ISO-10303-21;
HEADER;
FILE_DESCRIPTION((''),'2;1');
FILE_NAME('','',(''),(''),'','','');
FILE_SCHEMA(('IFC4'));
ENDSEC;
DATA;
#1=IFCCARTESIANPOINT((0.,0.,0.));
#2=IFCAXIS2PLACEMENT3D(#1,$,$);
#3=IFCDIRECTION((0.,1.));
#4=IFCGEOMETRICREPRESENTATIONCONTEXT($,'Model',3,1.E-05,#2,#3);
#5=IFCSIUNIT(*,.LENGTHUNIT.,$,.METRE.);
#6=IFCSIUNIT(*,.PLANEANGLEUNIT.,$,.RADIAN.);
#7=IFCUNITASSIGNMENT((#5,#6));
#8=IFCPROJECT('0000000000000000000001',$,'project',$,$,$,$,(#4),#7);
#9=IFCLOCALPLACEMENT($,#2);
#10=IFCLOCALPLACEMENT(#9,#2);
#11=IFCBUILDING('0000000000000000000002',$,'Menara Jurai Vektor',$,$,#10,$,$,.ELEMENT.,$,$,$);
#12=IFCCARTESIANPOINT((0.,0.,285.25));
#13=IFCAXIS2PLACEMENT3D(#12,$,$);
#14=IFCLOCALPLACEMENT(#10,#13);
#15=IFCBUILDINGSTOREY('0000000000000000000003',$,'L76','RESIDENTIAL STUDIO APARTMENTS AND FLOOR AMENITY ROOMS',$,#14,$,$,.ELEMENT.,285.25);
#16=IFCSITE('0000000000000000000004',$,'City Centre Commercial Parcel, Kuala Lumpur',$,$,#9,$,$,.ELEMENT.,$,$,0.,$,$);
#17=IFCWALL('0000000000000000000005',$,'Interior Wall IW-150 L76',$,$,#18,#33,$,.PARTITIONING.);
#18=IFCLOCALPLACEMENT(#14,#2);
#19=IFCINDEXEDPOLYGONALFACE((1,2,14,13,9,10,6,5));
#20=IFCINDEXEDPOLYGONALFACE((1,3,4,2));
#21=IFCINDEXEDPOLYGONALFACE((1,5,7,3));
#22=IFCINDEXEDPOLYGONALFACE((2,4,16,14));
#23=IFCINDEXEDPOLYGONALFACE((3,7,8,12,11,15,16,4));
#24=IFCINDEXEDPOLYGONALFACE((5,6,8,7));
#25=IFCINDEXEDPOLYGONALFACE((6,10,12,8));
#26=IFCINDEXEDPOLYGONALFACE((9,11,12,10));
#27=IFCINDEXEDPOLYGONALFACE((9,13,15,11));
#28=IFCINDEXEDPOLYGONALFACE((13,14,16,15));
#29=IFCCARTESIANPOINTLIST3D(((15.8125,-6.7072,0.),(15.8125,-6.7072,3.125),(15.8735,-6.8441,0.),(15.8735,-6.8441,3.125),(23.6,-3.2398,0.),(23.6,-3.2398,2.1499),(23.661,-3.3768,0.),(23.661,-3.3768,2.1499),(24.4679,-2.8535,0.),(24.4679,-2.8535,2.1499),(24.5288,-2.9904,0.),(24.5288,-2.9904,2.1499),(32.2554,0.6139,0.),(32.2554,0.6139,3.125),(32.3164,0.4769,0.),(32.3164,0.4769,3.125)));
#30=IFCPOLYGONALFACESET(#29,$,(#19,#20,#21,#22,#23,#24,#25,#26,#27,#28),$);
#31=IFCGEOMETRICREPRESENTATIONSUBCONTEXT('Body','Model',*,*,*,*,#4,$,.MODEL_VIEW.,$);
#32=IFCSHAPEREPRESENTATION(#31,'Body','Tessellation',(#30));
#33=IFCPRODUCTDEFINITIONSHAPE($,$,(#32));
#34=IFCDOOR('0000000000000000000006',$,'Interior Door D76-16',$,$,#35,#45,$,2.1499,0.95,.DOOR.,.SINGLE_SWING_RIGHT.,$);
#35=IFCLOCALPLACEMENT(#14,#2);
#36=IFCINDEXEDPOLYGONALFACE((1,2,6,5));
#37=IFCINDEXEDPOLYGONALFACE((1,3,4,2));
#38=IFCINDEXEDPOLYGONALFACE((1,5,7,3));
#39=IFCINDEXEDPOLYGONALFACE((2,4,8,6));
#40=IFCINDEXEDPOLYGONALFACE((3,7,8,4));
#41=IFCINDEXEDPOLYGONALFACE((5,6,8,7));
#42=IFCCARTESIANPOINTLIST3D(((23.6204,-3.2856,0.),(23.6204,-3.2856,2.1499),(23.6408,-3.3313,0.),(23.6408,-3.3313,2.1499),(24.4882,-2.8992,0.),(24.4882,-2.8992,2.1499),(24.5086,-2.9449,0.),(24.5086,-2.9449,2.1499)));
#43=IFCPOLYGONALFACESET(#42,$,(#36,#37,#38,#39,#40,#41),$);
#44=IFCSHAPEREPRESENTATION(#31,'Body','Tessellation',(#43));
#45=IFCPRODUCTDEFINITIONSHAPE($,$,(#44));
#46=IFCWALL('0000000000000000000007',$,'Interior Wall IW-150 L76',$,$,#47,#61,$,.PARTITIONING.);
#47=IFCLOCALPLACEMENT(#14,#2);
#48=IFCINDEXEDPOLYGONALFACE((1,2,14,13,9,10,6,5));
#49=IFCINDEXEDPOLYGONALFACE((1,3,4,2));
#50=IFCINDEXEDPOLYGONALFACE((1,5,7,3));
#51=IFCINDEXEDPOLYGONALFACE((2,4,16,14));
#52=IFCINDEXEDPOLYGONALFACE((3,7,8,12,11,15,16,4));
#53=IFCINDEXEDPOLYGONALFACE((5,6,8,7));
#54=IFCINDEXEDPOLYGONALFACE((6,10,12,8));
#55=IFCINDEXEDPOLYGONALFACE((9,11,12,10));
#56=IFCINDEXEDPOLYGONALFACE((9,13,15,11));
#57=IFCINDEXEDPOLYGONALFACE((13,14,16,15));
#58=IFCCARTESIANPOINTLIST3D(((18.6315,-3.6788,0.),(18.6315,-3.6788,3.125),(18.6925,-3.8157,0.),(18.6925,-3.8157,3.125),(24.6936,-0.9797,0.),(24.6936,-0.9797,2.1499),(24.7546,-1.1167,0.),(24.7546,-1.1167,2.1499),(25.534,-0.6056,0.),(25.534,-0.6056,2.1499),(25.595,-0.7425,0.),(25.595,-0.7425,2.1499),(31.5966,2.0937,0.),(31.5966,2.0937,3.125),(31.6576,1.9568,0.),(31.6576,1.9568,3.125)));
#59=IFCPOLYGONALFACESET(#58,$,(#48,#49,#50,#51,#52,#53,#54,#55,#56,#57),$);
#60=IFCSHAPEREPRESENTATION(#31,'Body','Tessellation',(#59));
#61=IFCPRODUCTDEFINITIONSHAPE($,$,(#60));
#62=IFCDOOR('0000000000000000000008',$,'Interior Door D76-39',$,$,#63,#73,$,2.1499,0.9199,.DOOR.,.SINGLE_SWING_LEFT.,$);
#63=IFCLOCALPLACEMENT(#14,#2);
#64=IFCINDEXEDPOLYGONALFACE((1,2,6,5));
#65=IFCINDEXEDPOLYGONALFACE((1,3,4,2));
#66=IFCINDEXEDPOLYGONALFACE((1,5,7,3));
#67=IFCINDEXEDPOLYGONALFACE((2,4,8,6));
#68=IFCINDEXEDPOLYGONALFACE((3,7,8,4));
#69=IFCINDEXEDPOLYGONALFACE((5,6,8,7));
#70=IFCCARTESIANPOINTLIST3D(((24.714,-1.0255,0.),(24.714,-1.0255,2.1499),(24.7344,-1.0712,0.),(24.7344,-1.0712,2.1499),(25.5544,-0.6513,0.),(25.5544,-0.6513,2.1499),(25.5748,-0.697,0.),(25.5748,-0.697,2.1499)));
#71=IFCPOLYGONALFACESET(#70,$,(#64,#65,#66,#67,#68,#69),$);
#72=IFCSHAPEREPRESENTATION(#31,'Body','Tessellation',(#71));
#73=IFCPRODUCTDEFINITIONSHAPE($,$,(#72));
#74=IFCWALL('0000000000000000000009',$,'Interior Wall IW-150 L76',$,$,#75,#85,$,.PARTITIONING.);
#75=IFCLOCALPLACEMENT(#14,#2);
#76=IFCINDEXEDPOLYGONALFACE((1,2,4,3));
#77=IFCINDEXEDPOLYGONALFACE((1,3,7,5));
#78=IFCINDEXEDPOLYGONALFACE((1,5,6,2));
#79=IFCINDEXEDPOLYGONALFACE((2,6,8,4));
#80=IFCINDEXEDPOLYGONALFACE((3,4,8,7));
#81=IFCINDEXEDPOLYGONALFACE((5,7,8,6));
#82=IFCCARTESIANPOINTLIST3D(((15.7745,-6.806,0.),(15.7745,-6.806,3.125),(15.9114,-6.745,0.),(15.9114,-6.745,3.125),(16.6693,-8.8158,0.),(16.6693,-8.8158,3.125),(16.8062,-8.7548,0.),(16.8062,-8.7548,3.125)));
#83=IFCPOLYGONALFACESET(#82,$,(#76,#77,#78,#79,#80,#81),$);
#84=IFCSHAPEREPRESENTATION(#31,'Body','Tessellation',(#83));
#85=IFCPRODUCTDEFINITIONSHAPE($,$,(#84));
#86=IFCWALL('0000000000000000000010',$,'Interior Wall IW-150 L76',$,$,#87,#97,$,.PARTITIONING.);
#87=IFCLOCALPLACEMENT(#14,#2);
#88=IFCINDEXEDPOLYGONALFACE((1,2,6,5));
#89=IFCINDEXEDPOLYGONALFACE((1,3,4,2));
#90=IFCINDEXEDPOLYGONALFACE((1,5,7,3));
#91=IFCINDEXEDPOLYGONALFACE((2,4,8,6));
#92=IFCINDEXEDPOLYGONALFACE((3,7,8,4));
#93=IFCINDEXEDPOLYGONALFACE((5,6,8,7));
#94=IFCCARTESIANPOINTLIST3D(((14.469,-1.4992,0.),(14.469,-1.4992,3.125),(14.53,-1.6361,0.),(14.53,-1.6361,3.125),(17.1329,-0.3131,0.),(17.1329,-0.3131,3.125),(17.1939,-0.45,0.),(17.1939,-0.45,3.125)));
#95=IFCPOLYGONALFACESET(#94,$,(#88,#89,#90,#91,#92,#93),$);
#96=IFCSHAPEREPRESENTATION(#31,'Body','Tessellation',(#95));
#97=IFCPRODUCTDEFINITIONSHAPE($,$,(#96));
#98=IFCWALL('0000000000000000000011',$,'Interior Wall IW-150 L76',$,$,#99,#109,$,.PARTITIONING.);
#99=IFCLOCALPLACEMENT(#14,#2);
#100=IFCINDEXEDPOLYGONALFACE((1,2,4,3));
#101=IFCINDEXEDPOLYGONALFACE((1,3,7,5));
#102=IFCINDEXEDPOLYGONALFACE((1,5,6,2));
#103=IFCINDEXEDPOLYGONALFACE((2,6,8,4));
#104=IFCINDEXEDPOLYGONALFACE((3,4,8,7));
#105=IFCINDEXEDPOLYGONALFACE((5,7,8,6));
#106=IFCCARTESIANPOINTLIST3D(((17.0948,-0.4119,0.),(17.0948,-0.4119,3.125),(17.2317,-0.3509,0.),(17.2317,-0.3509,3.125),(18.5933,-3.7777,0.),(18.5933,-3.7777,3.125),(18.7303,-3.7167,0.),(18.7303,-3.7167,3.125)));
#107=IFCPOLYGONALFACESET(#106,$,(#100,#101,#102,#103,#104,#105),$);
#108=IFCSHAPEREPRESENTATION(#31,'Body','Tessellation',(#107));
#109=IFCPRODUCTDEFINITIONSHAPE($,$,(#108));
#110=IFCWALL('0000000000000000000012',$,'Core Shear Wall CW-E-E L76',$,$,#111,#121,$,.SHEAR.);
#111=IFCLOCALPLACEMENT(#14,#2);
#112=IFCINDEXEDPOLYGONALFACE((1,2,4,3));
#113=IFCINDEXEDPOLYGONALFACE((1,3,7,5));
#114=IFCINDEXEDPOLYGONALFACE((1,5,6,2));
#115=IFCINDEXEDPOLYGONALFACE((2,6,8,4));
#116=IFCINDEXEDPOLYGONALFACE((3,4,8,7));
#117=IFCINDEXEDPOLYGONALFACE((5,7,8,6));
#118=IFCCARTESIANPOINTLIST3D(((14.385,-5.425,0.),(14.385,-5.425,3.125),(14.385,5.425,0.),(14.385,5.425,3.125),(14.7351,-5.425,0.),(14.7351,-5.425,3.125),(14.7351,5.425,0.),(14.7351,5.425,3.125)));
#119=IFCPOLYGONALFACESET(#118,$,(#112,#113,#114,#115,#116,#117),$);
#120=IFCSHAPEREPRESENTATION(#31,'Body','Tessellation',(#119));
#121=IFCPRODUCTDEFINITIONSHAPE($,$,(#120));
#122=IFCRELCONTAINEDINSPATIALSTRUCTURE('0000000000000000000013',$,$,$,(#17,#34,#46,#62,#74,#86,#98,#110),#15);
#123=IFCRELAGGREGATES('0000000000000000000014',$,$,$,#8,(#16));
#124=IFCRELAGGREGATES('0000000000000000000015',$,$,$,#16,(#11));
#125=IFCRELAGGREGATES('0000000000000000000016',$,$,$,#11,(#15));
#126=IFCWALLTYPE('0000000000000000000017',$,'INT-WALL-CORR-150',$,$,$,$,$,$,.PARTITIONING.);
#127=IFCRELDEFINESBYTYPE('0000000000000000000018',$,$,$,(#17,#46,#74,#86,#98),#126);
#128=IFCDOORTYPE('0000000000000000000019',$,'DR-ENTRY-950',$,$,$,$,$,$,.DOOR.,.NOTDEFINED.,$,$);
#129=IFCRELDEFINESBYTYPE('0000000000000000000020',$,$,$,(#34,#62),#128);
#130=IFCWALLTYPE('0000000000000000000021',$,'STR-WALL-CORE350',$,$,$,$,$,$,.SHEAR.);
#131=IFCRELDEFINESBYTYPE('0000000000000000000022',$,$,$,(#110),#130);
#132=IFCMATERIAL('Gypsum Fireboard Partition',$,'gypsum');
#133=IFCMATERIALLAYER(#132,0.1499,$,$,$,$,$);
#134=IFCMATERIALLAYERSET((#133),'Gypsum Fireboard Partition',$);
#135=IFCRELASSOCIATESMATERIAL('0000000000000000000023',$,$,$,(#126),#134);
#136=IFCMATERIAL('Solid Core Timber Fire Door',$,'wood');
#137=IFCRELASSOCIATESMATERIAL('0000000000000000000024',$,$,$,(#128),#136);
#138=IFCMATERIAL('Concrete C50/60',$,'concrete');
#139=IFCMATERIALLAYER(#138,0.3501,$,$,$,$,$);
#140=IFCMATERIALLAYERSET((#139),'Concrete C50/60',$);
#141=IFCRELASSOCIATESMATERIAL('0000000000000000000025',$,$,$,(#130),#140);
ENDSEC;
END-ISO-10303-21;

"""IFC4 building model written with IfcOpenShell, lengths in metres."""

from ifc_helpers import new_model, si_unit, direction, frame, frame_2d, origin, place, context, subcontext, project, spatial, rectangle, extrude, material, layer, layer_set, type_object, element, fill, save


model = new_model("IFC4")

# Units and contexts
model_context = context("Model", 3, precision=1e-05, world=origin(), true_north=direction((0.0, 1.0)))
body_context = subcontext(model_context, "Body", "Model", "MODEL_VIEW")
ifc_project = project(units=[si_unit("LENGTHUNIT", "METRE"), si_unit("PLANEANGLEUNIT", "RADIAN")], contexts=[model_context])

# Site, building, storey
site_placement = place(None, origin())
site = spatial("IfcSite", under=ifc_project, at=site_placement, Name="City Centre Commercial Parcel, Kuala Lumpur", CompositionType="ELEMENT", RefElevation=0.0)
building_placement = place(site_placement, origin())
building = spatial("IfcBuilding", under=site, at=building_placement, Name="Menara Jurai Vektor", CompositionType="ELEMENT")
storey_placement = place(building_placement, frame((0.0, 0.0, 285.25)))
storey = spatial("IfcBuildingStorey", under=building, at=storey_placement, Name="L76", Description="RESIDENTIAL STUDIO APARTMENTS AND FLOOR AMENITY ROOMS", CompositionType="ELEMENT", Elevation=285.25)

# Shared definitions
ifc_material_1 = material(Name="Concrete C50/60", Category="concrete")

# Walls, openings, doors
ifc_material_2 = material(Name="Gypsum Fireboard Partition", Category="gypsum")
ifc_layer_1 = layer(ifc_material_2, 0.1499)
ifc_layer_set_1 = layer_set([ifc_layer_1], Name="Gypsum Fireboard Partition")
wall_type_1 = type_object("IfcWallType", Name="INT-WALL-CORR-150", PredefinedType="PARTITIONING", material=ifc_layer_set_1)
wall_1_placement = place(storey_placement, frame((15.843, -6.7756, 0.0), z_axis=(0.0, 0.0, 1.0), x_axis=(0.913541, 0.406746, 0.0)))
wall_1 = element("IfcWall", 1, at=wall_1_placement, inside=storey, type_object=wall_type_1, Name="Interior Wall IW-150 L76", PredefinedType="PARTITIONING", context=body_context, shape_type="SweptSolid", body=[
    extrude(rectangle(XDim=17.999, YDim=0.1499, at=frame_2d((8.9995, 0.0))), origin(), (0.0, 0.0, 1.0), 3.125),
])
opening_1_placement = place(wall_1_placement, frame((8.5244, 0.0, 0.0)))
opening_1 = element("IfcOpeningElement", 2, at=opening_1_placement, cuts=wall_1, PredefinedType="OPENING", context=body_context, shape_type="SweptSolid", body=[
    extrude(rectangle(XDim=0.95, YDim=2.1499, at=frame_2d((0.4751, 1.075))), frame((0.0, 0.085, 0.0), z_axis=(0.0, -1.0, 0.0), x_axis=(1.0, 0.0, 0.0)), (0.0, 0.0, 1.0), 0.1699),
])
ifc_material_3 = material(Name="Solid Core Timber Fire Door", Category="wood")
door_type = type_object("IfcDoorType", Name="DR-ENTRY-950", OperationType="NOTDEFINED", PredefinedType="DOOR", material=ifc_material_3)
door_1_placement = place(opening_1_placement, origin())
door_1 = element("IfcDoor", 3, at=door_1_placement, inside=storey, type_object=door_type, Name="Interior Door D76-16", OperationType="SINGLE_SWING_RIGHT", OverallHeight=2.1499, OverallWidth=0.95, PredefinedType="DOOR", context=body_context, shape_type="SweptSolid", body=[
    extrude(rectangle(XDim=0.95, YDim=2.1499, at=frame_2d((0.4751, 1.075))), frame((0.0, 0.0249, 0.0), z_axis=(0.0, -1.0, 0.0), x_axis=(1.0, 0.0, 0.0)), (0.0, 0.0, 1.0), 0.05),
])
fill(opening_1, door_1)
wall_2_placement = place(storey_placement, frame((18.6619, -3.7473, 0.0), z_axis=(0.0, 0.0, 1.0), x_axis=(0.913545, 0.406739, 0.0)))
wall_2 = element("IfcWall", 4, at=wall_2_placement, inside=storey, type_object=wall_type_1, Name="Interior Wall IW-150 L76", PredefinedType="PARTITIONING", context=body_context, shape_type="SweptSolid", body=[
    extrude(rectangle(XDim=14.1921, YDim=0.1499, at=frame_2d((7.0962, 0.0))), origin(), (0.0, 0.0, 1.0), 3.125),
])
opening_2_placement = place(wall_2_placement, frame((6.636, 0.0, 0.0)))
opening_2 = element("IfcOpeningElement", 5, at=opening_2_placement, cuts=wall_2, PredefinedType="OPENING", context=body_context, shape_type="SweptSolid", body=[
    extrude(rectangle(XDim=0.9199, YDim=2.1499, at=frame_2d((0.46, 1.075))), frame((0.0, 0.085, 0.0), z_axis=(0.0, -1.0, 0.0), x_axis=(1.0, 0.0, 0.0)), (0.0, 0.0, 1.0), 0.1699),
])
door_2_placement = place(opening_2_placement, origin())
door_2 = element("IfcDoor", 6, at=door_2_placement, inside=storey, type_object=door_type, Name="Interior Door D76-39", OperationType="SINGLE_SWING_LEFT", OverallHeight=2.1499, OverallWidth=0.9199, PredefinedType="DOOR", context=body_context, shape_type="SweptSolid", body=[
    extrude(rectangle(XDim=0.9199, YDim=2.1499, at=frame_2d((0.46, 1.075))), frame((0.0, 0.0249, 0.0), z_axis=(0.0, -1.0, 0.0), x_axis=(1.0, 0.0, 0.0)), (0.0, 0.0, 1.0), 0.05),
])
fill(opening_2, door_2)

# Walls
wall_3_placement = place(storey_placement, frame((16.7378, -8.7854, 0.0), z_axis=(0.0, 0.0, 1.0), x_axis=(-0.406725, 0.913551, 0.0)))
element("IfcWall", 7, at=wall_3_placement, inside=storey, type_object=wall_type_1, Name="Interior Wall IW-150 L76", PredefinedType="PARTITIONING", context=body_context, shape_type="SweptSolid", body=[
    extrude(rectangle(XDim=2.2, YDim=0.1499, at=frame_2d((1.1001, 0.0))), origin(), (0.0, 0.0, 1.0), 3.125),
])
wall_4_placement = place(storey_placement, frame((14.4995, -1.5676, 0.0), z_axis=(0.0, 0.0, 1.0), x_axis=(0.913542, 0.406744, 0.0)))
element("IfcWall", 8, at=wall_4_placement, inside=storey, type_object=wall_type_1, Name="Interior Wall IW-150 L76", PredefinedType="PARTITIONING", context=body_context, shape_type="SweptSolid", body=[
    extrude(rectangle(XDim=2.916, YDim=0.1499, at=frame_2d((1.458, 0.0))), origin(), (0.0, 0.0, 1.0), 3.125),
])
wall_5_placement = place(storey_placement, frame((18.6619, -3.7473, 0.0), z_axis=(0.0, 0.0, 1.0), x_axis=(-0.406741, 0.913544, 0.0)))
element("IfcWall", 9, at=wall_5_placement, inside=storey, type_object=wall_type_1, Name="Interior Wall IW-150 L76", PredefinedType="PARTITIONING", context=body_context, shape_type="SweptSolid", body=[
    extrude(rectangle(XDim=3.6843, YDim=0.1499, at=frame_2d((1.8423, 0.0))), origin(), (0.0, 0.0, 1.0), 3.125),
])

# Wall
ifc_layer_2 = layer(ifc_material_1, 0.3501)
ifc_layer_set_2 = layer_set([ifc_layer_2], Name="Concrete C50/60")
wall_type_2 = type_object("IfcWallType", Name="STR-WALL-CORE350", PredefinedType="SHEAR", material=ifc_layer_set_2)
wall_6_placement = place(storey_placement, frame((14.5601, -5.425, 0.0), z_axis=(0.0, 0.0, 1.0), x_axis=(0.0, 1.0, 0.0)))
element("IfcWall", 10, at=wall_6_placement, inside=storey, type_object=wall_type_2, Name="Core Shear Wall CW-E-E L76", PredefinedType="SHEAR", context=body_context, shape_type="SweptSolid", body=[
    extrude(rectangle(XDim=10.8501, YDim=0.3501, at=frame_2d((5.425, 0.0))), origin(), (0.0, 0.0, 1.0), 3.125),
])

save(model, "model.ifc")
